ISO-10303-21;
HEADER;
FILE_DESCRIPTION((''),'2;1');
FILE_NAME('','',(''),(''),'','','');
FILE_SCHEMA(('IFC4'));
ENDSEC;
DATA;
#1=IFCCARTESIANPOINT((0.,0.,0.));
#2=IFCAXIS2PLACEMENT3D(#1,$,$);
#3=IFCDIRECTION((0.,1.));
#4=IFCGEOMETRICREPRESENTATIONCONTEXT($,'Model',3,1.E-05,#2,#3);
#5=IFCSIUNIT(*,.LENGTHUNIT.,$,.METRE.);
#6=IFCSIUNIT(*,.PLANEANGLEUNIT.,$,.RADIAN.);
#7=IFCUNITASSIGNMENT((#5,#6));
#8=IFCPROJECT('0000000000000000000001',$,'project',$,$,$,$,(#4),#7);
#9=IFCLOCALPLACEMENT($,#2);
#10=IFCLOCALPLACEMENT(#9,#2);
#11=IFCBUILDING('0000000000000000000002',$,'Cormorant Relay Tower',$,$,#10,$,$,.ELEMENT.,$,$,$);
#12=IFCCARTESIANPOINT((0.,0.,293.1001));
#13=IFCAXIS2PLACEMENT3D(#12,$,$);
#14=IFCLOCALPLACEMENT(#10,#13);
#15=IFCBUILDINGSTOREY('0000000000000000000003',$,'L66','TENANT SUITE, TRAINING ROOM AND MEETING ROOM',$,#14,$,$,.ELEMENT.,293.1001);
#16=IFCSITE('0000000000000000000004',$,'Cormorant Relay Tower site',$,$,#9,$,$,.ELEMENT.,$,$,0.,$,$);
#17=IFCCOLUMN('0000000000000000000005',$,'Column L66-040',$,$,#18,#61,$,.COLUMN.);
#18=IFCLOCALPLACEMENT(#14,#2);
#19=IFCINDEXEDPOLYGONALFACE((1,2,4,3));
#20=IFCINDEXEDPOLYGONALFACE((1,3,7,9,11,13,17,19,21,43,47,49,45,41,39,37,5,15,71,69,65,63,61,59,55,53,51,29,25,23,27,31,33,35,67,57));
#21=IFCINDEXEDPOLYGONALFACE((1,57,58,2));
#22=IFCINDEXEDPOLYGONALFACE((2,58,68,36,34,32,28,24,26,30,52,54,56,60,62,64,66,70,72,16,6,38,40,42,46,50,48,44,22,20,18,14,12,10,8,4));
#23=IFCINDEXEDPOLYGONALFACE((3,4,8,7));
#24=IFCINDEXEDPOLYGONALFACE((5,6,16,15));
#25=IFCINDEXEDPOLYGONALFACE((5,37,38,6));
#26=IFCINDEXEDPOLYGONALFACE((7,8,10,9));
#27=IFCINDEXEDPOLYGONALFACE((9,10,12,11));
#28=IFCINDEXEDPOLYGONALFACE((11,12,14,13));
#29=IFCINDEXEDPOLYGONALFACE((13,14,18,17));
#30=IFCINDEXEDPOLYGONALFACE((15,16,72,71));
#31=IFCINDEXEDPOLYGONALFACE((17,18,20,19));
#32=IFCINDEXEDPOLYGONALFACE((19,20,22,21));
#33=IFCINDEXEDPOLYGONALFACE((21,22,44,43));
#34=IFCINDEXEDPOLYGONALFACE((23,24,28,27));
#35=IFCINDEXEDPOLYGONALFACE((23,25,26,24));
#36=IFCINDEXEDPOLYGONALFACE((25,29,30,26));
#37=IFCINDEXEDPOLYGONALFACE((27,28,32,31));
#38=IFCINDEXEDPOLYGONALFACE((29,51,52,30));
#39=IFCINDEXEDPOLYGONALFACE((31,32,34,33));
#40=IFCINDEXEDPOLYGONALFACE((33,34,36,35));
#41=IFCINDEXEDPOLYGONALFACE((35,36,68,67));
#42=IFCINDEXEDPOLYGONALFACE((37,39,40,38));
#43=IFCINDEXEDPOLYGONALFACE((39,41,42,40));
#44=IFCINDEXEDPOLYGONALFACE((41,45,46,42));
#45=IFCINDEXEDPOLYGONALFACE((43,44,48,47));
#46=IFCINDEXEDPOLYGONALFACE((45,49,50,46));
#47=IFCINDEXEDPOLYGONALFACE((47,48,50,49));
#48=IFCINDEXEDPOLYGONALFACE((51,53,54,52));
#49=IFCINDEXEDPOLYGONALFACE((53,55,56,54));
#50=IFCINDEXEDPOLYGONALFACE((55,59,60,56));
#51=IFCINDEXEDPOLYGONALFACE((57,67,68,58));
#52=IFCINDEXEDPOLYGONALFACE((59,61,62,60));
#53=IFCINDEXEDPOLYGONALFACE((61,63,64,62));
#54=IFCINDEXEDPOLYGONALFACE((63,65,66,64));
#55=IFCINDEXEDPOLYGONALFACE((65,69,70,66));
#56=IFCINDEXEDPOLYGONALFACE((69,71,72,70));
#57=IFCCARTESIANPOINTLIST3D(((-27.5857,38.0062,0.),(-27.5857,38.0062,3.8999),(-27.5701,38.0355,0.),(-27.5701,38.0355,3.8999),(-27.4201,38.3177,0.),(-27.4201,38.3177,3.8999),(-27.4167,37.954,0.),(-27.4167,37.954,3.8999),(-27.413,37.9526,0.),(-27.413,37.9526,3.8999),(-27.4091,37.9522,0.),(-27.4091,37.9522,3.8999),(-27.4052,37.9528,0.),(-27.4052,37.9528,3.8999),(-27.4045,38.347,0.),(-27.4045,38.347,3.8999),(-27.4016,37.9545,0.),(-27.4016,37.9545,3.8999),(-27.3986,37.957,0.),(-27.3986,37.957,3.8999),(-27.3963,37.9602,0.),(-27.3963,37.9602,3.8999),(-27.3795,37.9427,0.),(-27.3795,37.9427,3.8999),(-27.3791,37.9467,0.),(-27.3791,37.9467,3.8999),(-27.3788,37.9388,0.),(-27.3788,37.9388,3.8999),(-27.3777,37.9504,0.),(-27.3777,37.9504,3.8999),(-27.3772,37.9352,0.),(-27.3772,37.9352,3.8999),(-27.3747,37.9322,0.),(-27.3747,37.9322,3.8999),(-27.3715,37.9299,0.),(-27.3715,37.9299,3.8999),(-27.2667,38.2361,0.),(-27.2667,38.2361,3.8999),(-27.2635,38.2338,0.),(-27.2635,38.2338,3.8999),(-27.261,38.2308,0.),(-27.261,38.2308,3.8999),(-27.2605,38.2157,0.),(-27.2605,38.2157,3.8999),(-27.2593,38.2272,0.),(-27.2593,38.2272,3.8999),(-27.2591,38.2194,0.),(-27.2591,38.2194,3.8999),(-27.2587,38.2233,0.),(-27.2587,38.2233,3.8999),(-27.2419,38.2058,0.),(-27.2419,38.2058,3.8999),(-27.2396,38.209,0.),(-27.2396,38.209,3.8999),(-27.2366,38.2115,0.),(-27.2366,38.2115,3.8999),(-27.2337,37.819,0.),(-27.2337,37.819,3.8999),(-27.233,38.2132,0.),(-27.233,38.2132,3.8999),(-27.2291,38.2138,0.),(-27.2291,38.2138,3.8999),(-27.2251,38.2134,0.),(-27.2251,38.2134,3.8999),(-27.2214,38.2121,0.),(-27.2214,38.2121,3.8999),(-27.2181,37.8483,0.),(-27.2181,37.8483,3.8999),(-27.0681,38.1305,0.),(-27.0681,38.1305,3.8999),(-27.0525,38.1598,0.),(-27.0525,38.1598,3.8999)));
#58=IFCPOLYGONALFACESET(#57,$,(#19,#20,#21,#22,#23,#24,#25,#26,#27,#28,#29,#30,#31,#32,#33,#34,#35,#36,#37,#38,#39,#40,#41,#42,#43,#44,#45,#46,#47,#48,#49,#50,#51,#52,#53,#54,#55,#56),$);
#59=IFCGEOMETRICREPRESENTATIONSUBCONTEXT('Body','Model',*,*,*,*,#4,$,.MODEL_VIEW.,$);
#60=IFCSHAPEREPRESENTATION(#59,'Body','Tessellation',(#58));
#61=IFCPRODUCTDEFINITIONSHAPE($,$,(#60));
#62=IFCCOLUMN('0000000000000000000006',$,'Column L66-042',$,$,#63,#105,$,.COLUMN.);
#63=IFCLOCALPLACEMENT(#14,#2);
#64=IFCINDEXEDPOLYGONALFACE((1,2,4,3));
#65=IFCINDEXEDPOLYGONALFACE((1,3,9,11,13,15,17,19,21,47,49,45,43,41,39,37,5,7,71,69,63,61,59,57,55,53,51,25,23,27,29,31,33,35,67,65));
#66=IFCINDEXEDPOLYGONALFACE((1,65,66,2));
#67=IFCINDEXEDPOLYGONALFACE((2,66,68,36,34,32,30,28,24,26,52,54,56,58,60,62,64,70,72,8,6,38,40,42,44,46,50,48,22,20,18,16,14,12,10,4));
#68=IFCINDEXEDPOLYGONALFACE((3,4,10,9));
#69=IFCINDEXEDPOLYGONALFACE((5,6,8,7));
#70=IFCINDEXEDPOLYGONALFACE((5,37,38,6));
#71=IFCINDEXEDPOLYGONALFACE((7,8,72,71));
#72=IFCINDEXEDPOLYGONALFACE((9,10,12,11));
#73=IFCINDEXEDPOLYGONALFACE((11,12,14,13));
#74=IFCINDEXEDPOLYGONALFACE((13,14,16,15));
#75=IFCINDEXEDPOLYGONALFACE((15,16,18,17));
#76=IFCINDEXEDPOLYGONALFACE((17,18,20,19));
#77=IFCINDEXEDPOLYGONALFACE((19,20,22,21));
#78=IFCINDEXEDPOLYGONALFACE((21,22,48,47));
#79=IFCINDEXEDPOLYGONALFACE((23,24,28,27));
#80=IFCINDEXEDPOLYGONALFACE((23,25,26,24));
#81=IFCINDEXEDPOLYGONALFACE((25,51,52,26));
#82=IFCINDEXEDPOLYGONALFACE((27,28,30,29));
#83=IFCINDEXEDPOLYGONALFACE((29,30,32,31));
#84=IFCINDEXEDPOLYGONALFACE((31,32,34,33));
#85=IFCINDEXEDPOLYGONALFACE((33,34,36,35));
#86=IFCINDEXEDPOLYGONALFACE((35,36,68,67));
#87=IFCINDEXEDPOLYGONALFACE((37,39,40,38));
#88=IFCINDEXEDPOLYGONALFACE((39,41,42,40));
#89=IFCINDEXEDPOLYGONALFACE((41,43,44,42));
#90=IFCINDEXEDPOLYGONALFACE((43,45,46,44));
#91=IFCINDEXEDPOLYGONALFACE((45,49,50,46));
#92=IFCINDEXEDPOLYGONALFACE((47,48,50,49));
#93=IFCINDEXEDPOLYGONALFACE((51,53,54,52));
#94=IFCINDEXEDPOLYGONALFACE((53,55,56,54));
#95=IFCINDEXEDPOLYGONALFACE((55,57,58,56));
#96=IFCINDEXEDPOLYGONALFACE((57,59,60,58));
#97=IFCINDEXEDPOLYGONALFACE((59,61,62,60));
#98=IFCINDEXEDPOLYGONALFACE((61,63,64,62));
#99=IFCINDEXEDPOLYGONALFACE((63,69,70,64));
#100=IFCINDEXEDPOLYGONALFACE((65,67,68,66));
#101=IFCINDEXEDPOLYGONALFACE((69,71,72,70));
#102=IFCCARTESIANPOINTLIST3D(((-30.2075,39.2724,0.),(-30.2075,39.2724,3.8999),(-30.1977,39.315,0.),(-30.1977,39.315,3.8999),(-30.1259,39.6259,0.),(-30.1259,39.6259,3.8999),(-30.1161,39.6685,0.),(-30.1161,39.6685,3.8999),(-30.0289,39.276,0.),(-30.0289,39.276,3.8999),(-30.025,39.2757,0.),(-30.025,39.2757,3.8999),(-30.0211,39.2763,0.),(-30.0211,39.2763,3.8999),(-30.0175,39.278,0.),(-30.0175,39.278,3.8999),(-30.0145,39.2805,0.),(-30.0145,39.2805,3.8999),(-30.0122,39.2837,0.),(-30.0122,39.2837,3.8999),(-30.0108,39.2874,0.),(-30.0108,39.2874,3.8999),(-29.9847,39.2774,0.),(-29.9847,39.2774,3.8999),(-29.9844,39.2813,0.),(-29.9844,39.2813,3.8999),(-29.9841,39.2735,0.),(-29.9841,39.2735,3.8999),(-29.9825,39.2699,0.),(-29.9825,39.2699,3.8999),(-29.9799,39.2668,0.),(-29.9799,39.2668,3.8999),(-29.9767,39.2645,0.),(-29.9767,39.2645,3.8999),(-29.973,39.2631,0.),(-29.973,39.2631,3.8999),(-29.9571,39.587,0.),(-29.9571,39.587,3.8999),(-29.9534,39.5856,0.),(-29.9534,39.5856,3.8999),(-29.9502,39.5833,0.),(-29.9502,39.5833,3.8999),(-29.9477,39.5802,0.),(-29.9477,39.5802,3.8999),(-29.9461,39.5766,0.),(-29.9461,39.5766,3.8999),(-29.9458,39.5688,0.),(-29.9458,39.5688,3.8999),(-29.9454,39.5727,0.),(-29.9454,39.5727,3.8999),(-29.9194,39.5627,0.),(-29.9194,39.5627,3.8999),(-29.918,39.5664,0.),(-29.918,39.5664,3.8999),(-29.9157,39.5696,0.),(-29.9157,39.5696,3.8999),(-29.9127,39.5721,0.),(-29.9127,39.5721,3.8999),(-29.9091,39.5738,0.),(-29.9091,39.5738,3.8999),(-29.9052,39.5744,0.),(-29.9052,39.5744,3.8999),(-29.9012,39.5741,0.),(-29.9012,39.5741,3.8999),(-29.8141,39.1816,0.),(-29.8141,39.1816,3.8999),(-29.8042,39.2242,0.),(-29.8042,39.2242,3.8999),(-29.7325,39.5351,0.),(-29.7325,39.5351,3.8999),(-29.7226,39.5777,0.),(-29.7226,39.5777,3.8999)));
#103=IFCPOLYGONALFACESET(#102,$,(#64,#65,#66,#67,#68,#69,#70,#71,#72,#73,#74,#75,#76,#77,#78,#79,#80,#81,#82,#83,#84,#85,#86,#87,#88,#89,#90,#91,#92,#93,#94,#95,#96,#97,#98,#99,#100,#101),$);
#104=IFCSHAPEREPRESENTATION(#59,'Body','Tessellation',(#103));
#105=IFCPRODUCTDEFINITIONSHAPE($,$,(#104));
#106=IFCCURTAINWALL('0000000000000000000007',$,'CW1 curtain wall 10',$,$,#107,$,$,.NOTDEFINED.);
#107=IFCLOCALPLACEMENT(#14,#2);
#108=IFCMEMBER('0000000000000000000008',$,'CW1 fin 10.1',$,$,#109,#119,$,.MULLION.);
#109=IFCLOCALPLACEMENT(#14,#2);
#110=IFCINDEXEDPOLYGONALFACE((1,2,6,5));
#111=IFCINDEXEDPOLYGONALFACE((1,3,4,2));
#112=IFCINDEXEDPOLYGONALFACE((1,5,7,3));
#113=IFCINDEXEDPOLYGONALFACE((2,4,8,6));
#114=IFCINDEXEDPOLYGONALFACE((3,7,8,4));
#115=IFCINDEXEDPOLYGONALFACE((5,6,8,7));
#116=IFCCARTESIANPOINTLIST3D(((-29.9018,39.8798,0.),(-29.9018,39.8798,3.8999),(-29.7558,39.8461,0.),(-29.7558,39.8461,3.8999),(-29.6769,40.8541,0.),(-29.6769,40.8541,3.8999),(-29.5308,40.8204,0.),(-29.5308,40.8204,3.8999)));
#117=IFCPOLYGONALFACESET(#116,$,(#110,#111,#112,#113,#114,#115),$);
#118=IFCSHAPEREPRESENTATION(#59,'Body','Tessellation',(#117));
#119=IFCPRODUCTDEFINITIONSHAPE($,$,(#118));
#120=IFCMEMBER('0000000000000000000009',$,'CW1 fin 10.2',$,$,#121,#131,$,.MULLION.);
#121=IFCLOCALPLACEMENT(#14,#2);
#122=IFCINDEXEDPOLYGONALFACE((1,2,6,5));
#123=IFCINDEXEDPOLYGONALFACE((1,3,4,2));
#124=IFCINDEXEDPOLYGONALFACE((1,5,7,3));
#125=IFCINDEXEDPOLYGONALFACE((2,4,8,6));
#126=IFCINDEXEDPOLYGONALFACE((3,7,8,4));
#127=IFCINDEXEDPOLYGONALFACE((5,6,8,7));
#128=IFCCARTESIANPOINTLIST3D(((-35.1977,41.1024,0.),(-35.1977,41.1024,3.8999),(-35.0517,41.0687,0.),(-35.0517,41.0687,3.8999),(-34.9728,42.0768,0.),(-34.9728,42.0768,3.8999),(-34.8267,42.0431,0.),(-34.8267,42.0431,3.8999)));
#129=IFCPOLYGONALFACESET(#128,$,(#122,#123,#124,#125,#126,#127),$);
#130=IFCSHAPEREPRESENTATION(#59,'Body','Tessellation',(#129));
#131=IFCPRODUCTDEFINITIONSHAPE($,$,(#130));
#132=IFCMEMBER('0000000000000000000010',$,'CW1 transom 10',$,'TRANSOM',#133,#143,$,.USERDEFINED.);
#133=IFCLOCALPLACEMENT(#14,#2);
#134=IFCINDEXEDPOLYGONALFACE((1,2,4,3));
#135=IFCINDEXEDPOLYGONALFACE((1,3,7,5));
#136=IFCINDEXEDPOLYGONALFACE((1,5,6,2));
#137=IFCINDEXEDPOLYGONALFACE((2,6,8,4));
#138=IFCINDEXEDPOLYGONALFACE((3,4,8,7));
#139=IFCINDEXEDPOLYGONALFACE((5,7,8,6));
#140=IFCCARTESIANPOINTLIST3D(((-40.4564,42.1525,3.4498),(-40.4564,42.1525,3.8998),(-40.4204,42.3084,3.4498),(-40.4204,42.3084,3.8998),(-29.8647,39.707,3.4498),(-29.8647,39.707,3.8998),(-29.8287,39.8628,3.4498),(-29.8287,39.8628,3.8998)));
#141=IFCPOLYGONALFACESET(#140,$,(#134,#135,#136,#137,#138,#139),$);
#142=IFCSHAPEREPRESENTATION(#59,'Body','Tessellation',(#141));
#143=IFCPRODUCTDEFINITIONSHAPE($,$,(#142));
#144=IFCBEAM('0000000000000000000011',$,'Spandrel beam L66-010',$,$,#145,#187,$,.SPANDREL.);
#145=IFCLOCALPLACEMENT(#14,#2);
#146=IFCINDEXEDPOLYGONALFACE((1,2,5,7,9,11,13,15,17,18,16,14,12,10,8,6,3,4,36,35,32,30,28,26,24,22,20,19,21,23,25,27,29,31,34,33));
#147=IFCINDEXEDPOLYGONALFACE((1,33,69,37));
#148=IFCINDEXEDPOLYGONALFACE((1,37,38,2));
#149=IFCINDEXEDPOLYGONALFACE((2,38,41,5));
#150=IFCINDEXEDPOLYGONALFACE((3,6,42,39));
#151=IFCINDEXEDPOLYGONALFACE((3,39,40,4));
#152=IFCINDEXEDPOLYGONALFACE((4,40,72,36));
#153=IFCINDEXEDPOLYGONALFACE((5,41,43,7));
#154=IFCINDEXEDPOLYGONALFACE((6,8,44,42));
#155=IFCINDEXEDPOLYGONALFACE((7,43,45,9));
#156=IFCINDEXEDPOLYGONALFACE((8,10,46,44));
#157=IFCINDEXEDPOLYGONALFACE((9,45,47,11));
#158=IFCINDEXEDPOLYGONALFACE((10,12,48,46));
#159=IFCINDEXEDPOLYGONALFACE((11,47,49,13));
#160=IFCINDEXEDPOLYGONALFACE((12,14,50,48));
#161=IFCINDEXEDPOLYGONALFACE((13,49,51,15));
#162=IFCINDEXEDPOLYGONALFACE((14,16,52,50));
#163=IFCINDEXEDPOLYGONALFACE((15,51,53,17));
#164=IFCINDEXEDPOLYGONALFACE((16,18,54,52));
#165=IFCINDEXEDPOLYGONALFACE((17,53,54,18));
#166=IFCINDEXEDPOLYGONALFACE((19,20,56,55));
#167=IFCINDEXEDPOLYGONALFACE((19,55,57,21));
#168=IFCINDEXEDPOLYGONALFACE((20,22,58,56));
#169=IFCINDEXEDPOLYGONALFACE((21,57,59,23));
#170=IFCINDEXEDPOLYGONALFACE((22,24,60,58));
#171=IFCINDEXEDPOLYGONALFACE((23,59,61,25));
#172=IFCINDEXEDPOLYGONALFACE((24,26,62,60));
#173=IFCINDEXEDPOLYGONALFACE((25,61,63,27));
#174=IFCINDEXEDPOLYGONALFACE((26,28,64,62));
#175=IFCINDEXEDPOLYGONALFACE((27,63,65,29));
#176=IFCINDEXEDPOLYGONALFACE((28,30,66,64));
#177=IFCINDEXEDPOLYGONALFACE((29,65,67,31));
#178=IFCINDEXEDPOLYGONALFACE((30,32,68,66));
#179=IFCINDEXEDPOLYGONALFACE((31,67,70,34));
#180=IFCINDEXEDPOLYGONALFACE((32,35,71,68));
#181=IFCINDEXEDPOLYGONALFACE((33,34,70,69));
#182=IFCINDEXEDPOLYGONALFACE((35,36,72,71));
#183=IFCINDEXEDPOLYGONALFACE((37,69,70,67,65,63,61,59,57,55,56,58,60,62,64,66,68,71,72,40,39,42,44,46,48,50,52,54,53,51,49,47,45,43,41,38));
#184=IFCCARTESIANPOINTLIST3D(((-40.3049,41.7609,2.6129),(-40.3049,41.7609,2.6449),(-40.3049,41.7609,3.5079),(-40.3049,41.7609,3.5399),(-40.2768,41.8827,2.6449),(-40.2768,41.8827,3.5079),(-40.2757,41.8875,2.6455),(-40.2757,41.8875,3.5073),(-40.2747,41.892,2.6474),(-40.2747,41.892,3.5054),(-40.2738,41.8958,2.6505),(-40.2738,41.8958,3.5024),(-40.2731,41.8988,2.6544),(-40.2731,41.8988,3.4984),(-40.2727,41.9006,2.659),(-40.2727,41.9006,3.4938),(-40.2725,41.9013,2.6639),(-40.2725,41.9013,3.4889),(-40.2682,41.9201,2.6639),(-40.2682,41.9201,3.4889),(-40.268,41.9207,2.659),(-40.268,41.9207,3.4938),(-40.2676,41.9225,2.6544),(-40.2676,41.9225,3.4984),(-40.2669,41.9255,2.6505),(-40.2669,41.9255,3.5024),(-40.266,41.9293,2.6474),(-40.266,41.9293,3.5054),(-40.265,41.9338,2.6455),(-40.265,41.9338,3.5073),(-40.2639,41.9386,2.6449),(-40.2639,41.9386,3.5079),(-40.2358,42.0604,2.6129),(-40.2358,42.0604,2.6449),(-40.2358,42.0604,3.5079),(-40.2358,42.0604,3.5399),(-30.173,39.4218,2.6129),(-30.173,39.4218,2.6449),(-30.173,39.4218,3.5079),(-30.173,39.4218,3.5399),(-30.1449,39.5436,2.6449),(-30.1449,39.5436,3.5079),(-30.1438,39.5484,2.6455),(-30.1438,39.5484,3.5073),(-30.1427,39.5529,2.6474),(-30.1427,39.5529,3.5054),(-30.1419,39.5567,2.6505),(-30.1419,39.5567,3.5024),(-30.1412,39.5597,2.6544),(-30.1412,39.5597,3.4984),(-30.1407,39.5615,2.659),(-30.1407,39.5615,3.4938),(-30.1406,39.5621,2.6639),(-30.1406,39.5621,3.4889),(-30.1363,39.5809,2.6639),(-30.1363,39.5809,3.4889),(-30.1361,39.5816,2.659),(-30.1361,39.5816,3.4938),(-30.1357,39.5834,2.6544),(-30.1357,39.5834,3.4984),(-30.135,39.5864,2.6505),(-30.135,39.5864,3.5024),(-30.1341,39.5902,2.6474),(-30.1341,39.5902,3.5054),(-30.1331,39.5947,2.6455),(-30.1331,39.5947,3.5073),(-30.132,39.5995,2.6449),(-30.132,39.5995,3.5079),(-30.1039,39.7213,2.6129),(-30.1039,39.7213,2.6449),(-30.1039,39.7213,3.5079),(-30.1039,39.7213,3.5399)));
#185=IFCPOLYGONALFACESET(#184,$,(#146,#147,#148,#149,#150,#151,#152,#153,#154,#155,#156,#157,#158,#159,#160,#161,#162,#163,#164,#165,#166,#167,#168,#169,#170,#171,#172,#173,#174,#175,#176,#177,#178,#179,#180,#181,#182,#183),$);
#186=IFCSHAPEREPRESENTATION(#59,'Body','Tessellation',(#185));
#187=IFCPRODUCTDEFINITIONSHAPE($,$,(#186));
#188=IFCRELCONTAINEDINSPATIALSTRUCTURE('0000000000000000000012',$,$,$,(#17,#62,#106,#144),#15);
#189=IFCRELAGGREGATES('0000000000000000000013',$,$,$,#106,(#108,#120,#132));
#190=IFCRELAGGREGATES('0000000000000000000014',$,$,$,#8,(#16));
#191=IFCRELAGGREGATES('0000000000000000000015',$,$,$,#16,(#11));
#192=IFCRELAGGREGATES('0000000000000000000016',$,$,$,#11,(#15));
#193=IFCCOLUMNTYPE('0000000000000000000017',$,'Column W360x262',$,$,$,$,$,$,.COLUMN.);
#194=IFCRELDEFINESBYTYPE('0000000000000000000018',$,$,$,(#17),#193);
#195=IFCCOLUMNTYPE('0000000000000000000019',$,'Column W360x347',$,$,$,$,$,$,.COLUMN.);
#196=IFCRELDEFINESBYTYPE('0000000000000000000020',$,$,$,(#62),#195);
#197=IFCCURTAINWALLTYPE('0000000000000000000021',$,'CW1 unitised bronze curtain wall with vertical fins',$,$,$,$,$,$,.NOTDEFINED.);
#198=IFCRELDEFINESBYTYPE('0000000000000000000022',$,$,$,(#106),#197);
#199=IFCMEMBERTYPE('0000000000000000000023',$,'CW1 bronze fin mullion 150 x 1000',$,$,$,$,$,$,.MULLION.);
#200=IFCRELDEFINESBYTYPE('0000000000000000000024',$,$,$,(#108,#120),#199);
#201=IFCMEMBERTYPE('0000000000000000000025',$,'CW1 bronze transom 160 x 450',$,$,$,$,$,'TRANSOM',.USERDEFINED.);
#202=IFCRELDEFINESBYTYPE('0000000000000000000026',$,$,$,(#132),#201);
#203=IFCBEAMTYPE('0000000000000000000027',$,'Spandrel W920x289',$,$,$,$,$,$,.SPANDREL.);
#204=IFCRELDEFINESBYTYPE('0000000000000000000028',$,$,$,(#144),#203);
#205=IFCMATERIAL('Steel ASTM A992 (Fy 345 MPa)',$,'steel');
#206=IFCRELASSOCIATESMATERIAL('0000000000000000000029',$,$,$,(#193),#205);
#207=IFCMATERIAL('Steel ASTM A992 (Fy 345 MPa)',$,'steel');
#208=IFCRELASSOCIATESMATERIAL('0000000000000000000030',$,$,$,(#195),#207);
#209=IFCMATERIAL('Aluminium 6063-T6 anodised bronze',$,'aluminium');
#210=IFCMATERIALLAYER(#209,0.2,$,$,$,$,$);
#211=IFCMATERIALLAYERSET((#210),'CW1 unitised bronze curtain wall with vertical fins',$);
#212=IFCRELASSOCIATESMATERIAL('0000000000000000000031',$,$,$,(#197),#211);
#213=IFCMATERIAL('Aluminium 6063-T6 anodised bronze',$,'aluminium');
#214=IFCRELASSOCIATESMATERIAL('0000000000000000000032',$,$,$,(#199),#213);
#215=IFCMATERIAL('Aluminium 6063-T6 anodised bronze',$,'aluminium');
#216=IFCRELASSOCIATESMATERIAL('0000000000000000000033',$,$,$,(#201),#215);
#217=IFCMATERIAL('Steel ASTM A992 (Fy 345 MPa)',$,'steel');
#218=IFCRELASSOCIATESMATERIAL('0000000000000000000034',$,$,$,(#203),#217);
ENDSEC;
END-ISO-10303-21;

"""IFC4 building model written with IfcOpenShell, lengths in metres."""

from ifc_helpers import new_model, si_unit, direction, frame, origin, origin_2d, place, context, subcontext, project, spatial, rectangle, i_section, extrude, material, layer, layer_set, material_profile, profile_set, type_object, element, aggregate, save


model = new_model("IFC4")

# Units and contexts
model_context = context("Model", 3, precision=1e-05, world=origin(), true_north=direction((0.0, 1.0)))
body_context = subcontext(model_context, "Body", "Model", "MODEL_VIEW")
ifc_project = project(units=[si_unit("LENGTHUNIT", "METRE"), si_unit("PLANEANGLEUNIT", "RADIAN")], contexts=[model_context])

# Site, building, storey
site_placement = place(None, origin())
site = spatial("IfcSite", under=ifc_project, at=site_placement, Name="Cormorant Relay Tower site", CompositionType="ELEMENT", RefElevation=0.0)
building_placement = place(site_placement, origin())
building = spatial("IfcBuilding", under=site, at=building_placement, Name="Cormorant Relay Tower", CompositionType="ELEMENT")
storey_placement = place(building_placement, frame((0.0, 0.0, 293.1001)))
storey = spatial("IfcBuildingStorey", under=building, at=storey_placement, Name="L66", Description="TENANT SUITE, TRAINING ROOM AND MEETING ROOM", CompositionType="ELEMENT", Elevation=293.1001)

# Columns
ifc_material_1 = material(Name="Steel ASTM A992 (Fy 345 MPa)", Category="steel")
ifc_material_profile_1 = material_profile(ifc_material_1, i_section(OverallWidth=0.3987, OverallDepth=0.386, WebThickness=0.021, FlangeThickness=0.0332, FilletRadius=0.0151, at=origin_2d()), Name="W360x262")
ifc_profile_set_1 = profile_set([ifc_material_profile_1], Name="Steel ASTM A992 (Fy 345 MPa)")
column_type_1 = type_object("IfcColumnType", Name="Column W360x262", PredefinedType="COLUMN", material=ifc_profile_set_1)
column_1_placement = place(storey_placement, frame((-27.3191, 38.083, 0.0), z_axis=(0.0, 0.0, 1.0), x_axis=(-0.882948, 0.469472, 0.0)))
element("IfcColumn", 1, at=column_1_placement, inside=storey, type_object=column_type_1, Name="Column L66-040", PredefinedType="COLUMN", context=body_context, shape_type="SweptSolid", body=[
    extrude(i_section(OverallWidth=0.3987, OverallDepth=0.386, WebThickness=0.021, FlangeThickness=0.0332, FilletRadius=0.0151, at=origin_2d()), origin(), (0.0, 0.0, 1.0), 3.8999),
])
ifc_material_2 = material(Name="Steel ASTM A992 (Fy 345 MPa)", Category="steel")
ifc_material_profile_2 = material_profile(ifc_material_2, i_section(OverallWidth=0.4038, OverallDepth=0.4065, WebThickness=0.0271, FlangeThickness=0.0437, FilletRadius=0.0151, at=origin_2d()), Name="W360x347")
ifc_profile_set_2 = profile_set([ifc_material_profile_2], Name="Steel ASTM A992 (Fy 345 MPa)")
column_type_2 = type_object("IfcColumnType", Name="Column W360x347", PredefinedType="COLUMN", material=ifc_profile_set_2)
column_2_placement = place(storey_placement, frame((-29.9651, 39.425, 0.0), z_axis=(0.0, 0.0, 1.0), x_axis=(-0.97437, 0.224951, 0.0)))
element("IfcColumn", 2, at=column_2_placement, inside=storey, type_object=column_type_2, Name="Column L66-042", PredefinedType="COLUMN", context=body_context, shape_type="SweptSolid", body=[
    extrude(i_section(OverallWidth=0.4038, OverallDepth=0.4065, WebThickness=0.0271, FlangeThickness=0.0437, FilletRadius=0.0151, at=origin_2d()), origin(), (0.0, 0.0, 1.0), 3.8999),
])

# Curtain wall, members
ifc_material_3 = material(Name="Aluminium 6063-T6 anodised bronze", Category="aluminium")
ifc_layer_1 = layer(ifc_material_3, 0.2)
ifc_layer_set_1 = layer_set([ifc_layer_1], Name="CW1 unitised bronze curtain wall with vertical fins")
curtain_wall_type = type_object("IfcCurtainWallType", Name="CW1 unitised bronze curtain wall with vertical fins", PredefinedType="NOTDEFINED", material=ifc_layer_set_1)
curtain_wall_1_placement = place(storey_placement, origin())
curtain_wall_1 = element("IfcCurtainWall", 3, at=curtain_wall_1_placement, inside=storey, type_object=curtain_wall_type, Name="CW1 curtain wall 10", PredefinedType="NOTDEFINED")
ifc_material_4 = material(Name="Aluminium 6063-T6 anodised bronze", Category="aluminium")
ifc_material_profile_3 = material_profile(ifc_material_4, rectangle(XDim=0.1499, YDim=1.0, at=origin_2d()), Name="AL 150x1000")
ifc_profile_set_3 = profile_set([ifc_material_profile_3], Name="Aluminium 6063-T6 anodised bronze")
member_type_1 = type_object("IfcMemberType", Name="CW1 bronze fin mullion 150 x 1000", PredefinedType="MULLION", material=ifc_profile_set_3)
member_1_placement = place(storey_placement, frame((-29.7163, 40.3501, 0.0), z_axis=(0.0, 0.0, 1.0), x_axis=(-0.97437, 0.224951, 0.0)))
member_1 = element("IfcMember", 4, at=member_1_placement, type_object=member_type_1, Name="CW1 fin 10.1", PredefinedType="MULLION", context=body_context, shape_type="SweptSolid", body=[
    extrude(rectangle(XDim=0.1499, YDim=1.0, at=origin_2d()), origin(), (0.0, 0.0, 1.0), 3.8999),
])
member_2_placement = place(storey_placement, frame((-35.0122, 41.5728, 0.0), z_axis=(0.0, 0.0, 1.0), x_axis=(-0.97437, 0.224951, 0.0)))
member_2 = element("IfcMember", 5, at=member_2_placement, type_object=member_type_1, Name="CW1 fin 10.2", PredefinedType="MULLION", context=body_context, shape_type="SweptSolid", body=[
    extrude(rectangle(XDim=0.1499, YDim=1.0, at=origin_2d()), origin(), (0.0, 0.0, 1.0), 3.8999),
])
ifc_material_5 = material(Name="Aluminium 6063-T6 anodised bronze", Category="aluminium")
ifc_material_profile_4 = material_profile(ifc_material_5, rectangle(XDim=0.1599, YDim=0.45, at=origin_2d()), Name="AL 160x450")
ifc_profile_set_4 = profile_set([ifc_material_profile_4], Name="Aluminium 6063-T6 anodised bronze")
member_type_2 = type_object("IfcMemberType", Name="CW1 bronze transom 160 x 450", ElementType="TRANSOM", PredefinedType="USERDEFINED", material=ifc_profile_set_4)
member_3_placement = place(storey_placement, frame((-29.8467, 39.7849, 3.6748), z_axis=(-0.974365, 0.224973, 0.0), x_axis=(-0.224973, -0.974365, 0.0)))
member_3 = element("IfcMember", 6, at=member_3_placement, type_object=member_type_2, Name="CW1 transom 10", ObjectType="TRANSOM", PredefinedType="USERDEFINED", context=body_context, shape_type="SweptSolid", body=[
    extrude(rectangle(XDim=0.1599, YDim=0.45, at=origin_2d()), origin(), (0.0, 0.0, 1.0), 10.8704),
])

# Beam
ifc_material_6 = material(Name="Steel ASTM A992 (Fy 345 MPa)", Category="steel")
ifc_material_profile_5 = material_profile(ifc_material_6, i_section(OverallWidth=0.3074, OverallDepth=0.927, WebThickness=0.0193, FlangeThickness=0.032, FilletRadius=0.019, at=origin_2d()), Name="W920x289")
ifc_profile_set_5 = profile_set([ifc_material_profile_5], Name="Steel ASTM A992 (Fy 345 MPa)")
beam_type = type_object("IfcBeamType", Name="Spandrel W920x289", PredefinedType="SPANDREL", material=ifc_profile_set_5)
beam_placement = place(storey_placement, frame((-30.1384, 39.5715, 3.0764), z_axis=(-0.97437, 0.22495, 0.0), x_axis=(-0.22495, -0.97437, 0.0)))
element("IfcBeam", 7, at=beam_placement, inside=storey, type_object=beam_type, Name="Spandrel beam L66-010", PredefinedType="SPANDREL", context=body_context, shape_type="SweptSolid", body=[
    extrude(i_section(OverallWidth=0.3074, OverallDepth=0.927, WebThickness=0.0193, FlangeThickness=0.032, FilletRadius=0.019, at=origin_2d()), origin(), (0.0, 0.0, 1.0), 10.3984),
])

aggregate(curtain_wall_1, [member_1, member_2, member_3])

save(model, "model.ifc")
